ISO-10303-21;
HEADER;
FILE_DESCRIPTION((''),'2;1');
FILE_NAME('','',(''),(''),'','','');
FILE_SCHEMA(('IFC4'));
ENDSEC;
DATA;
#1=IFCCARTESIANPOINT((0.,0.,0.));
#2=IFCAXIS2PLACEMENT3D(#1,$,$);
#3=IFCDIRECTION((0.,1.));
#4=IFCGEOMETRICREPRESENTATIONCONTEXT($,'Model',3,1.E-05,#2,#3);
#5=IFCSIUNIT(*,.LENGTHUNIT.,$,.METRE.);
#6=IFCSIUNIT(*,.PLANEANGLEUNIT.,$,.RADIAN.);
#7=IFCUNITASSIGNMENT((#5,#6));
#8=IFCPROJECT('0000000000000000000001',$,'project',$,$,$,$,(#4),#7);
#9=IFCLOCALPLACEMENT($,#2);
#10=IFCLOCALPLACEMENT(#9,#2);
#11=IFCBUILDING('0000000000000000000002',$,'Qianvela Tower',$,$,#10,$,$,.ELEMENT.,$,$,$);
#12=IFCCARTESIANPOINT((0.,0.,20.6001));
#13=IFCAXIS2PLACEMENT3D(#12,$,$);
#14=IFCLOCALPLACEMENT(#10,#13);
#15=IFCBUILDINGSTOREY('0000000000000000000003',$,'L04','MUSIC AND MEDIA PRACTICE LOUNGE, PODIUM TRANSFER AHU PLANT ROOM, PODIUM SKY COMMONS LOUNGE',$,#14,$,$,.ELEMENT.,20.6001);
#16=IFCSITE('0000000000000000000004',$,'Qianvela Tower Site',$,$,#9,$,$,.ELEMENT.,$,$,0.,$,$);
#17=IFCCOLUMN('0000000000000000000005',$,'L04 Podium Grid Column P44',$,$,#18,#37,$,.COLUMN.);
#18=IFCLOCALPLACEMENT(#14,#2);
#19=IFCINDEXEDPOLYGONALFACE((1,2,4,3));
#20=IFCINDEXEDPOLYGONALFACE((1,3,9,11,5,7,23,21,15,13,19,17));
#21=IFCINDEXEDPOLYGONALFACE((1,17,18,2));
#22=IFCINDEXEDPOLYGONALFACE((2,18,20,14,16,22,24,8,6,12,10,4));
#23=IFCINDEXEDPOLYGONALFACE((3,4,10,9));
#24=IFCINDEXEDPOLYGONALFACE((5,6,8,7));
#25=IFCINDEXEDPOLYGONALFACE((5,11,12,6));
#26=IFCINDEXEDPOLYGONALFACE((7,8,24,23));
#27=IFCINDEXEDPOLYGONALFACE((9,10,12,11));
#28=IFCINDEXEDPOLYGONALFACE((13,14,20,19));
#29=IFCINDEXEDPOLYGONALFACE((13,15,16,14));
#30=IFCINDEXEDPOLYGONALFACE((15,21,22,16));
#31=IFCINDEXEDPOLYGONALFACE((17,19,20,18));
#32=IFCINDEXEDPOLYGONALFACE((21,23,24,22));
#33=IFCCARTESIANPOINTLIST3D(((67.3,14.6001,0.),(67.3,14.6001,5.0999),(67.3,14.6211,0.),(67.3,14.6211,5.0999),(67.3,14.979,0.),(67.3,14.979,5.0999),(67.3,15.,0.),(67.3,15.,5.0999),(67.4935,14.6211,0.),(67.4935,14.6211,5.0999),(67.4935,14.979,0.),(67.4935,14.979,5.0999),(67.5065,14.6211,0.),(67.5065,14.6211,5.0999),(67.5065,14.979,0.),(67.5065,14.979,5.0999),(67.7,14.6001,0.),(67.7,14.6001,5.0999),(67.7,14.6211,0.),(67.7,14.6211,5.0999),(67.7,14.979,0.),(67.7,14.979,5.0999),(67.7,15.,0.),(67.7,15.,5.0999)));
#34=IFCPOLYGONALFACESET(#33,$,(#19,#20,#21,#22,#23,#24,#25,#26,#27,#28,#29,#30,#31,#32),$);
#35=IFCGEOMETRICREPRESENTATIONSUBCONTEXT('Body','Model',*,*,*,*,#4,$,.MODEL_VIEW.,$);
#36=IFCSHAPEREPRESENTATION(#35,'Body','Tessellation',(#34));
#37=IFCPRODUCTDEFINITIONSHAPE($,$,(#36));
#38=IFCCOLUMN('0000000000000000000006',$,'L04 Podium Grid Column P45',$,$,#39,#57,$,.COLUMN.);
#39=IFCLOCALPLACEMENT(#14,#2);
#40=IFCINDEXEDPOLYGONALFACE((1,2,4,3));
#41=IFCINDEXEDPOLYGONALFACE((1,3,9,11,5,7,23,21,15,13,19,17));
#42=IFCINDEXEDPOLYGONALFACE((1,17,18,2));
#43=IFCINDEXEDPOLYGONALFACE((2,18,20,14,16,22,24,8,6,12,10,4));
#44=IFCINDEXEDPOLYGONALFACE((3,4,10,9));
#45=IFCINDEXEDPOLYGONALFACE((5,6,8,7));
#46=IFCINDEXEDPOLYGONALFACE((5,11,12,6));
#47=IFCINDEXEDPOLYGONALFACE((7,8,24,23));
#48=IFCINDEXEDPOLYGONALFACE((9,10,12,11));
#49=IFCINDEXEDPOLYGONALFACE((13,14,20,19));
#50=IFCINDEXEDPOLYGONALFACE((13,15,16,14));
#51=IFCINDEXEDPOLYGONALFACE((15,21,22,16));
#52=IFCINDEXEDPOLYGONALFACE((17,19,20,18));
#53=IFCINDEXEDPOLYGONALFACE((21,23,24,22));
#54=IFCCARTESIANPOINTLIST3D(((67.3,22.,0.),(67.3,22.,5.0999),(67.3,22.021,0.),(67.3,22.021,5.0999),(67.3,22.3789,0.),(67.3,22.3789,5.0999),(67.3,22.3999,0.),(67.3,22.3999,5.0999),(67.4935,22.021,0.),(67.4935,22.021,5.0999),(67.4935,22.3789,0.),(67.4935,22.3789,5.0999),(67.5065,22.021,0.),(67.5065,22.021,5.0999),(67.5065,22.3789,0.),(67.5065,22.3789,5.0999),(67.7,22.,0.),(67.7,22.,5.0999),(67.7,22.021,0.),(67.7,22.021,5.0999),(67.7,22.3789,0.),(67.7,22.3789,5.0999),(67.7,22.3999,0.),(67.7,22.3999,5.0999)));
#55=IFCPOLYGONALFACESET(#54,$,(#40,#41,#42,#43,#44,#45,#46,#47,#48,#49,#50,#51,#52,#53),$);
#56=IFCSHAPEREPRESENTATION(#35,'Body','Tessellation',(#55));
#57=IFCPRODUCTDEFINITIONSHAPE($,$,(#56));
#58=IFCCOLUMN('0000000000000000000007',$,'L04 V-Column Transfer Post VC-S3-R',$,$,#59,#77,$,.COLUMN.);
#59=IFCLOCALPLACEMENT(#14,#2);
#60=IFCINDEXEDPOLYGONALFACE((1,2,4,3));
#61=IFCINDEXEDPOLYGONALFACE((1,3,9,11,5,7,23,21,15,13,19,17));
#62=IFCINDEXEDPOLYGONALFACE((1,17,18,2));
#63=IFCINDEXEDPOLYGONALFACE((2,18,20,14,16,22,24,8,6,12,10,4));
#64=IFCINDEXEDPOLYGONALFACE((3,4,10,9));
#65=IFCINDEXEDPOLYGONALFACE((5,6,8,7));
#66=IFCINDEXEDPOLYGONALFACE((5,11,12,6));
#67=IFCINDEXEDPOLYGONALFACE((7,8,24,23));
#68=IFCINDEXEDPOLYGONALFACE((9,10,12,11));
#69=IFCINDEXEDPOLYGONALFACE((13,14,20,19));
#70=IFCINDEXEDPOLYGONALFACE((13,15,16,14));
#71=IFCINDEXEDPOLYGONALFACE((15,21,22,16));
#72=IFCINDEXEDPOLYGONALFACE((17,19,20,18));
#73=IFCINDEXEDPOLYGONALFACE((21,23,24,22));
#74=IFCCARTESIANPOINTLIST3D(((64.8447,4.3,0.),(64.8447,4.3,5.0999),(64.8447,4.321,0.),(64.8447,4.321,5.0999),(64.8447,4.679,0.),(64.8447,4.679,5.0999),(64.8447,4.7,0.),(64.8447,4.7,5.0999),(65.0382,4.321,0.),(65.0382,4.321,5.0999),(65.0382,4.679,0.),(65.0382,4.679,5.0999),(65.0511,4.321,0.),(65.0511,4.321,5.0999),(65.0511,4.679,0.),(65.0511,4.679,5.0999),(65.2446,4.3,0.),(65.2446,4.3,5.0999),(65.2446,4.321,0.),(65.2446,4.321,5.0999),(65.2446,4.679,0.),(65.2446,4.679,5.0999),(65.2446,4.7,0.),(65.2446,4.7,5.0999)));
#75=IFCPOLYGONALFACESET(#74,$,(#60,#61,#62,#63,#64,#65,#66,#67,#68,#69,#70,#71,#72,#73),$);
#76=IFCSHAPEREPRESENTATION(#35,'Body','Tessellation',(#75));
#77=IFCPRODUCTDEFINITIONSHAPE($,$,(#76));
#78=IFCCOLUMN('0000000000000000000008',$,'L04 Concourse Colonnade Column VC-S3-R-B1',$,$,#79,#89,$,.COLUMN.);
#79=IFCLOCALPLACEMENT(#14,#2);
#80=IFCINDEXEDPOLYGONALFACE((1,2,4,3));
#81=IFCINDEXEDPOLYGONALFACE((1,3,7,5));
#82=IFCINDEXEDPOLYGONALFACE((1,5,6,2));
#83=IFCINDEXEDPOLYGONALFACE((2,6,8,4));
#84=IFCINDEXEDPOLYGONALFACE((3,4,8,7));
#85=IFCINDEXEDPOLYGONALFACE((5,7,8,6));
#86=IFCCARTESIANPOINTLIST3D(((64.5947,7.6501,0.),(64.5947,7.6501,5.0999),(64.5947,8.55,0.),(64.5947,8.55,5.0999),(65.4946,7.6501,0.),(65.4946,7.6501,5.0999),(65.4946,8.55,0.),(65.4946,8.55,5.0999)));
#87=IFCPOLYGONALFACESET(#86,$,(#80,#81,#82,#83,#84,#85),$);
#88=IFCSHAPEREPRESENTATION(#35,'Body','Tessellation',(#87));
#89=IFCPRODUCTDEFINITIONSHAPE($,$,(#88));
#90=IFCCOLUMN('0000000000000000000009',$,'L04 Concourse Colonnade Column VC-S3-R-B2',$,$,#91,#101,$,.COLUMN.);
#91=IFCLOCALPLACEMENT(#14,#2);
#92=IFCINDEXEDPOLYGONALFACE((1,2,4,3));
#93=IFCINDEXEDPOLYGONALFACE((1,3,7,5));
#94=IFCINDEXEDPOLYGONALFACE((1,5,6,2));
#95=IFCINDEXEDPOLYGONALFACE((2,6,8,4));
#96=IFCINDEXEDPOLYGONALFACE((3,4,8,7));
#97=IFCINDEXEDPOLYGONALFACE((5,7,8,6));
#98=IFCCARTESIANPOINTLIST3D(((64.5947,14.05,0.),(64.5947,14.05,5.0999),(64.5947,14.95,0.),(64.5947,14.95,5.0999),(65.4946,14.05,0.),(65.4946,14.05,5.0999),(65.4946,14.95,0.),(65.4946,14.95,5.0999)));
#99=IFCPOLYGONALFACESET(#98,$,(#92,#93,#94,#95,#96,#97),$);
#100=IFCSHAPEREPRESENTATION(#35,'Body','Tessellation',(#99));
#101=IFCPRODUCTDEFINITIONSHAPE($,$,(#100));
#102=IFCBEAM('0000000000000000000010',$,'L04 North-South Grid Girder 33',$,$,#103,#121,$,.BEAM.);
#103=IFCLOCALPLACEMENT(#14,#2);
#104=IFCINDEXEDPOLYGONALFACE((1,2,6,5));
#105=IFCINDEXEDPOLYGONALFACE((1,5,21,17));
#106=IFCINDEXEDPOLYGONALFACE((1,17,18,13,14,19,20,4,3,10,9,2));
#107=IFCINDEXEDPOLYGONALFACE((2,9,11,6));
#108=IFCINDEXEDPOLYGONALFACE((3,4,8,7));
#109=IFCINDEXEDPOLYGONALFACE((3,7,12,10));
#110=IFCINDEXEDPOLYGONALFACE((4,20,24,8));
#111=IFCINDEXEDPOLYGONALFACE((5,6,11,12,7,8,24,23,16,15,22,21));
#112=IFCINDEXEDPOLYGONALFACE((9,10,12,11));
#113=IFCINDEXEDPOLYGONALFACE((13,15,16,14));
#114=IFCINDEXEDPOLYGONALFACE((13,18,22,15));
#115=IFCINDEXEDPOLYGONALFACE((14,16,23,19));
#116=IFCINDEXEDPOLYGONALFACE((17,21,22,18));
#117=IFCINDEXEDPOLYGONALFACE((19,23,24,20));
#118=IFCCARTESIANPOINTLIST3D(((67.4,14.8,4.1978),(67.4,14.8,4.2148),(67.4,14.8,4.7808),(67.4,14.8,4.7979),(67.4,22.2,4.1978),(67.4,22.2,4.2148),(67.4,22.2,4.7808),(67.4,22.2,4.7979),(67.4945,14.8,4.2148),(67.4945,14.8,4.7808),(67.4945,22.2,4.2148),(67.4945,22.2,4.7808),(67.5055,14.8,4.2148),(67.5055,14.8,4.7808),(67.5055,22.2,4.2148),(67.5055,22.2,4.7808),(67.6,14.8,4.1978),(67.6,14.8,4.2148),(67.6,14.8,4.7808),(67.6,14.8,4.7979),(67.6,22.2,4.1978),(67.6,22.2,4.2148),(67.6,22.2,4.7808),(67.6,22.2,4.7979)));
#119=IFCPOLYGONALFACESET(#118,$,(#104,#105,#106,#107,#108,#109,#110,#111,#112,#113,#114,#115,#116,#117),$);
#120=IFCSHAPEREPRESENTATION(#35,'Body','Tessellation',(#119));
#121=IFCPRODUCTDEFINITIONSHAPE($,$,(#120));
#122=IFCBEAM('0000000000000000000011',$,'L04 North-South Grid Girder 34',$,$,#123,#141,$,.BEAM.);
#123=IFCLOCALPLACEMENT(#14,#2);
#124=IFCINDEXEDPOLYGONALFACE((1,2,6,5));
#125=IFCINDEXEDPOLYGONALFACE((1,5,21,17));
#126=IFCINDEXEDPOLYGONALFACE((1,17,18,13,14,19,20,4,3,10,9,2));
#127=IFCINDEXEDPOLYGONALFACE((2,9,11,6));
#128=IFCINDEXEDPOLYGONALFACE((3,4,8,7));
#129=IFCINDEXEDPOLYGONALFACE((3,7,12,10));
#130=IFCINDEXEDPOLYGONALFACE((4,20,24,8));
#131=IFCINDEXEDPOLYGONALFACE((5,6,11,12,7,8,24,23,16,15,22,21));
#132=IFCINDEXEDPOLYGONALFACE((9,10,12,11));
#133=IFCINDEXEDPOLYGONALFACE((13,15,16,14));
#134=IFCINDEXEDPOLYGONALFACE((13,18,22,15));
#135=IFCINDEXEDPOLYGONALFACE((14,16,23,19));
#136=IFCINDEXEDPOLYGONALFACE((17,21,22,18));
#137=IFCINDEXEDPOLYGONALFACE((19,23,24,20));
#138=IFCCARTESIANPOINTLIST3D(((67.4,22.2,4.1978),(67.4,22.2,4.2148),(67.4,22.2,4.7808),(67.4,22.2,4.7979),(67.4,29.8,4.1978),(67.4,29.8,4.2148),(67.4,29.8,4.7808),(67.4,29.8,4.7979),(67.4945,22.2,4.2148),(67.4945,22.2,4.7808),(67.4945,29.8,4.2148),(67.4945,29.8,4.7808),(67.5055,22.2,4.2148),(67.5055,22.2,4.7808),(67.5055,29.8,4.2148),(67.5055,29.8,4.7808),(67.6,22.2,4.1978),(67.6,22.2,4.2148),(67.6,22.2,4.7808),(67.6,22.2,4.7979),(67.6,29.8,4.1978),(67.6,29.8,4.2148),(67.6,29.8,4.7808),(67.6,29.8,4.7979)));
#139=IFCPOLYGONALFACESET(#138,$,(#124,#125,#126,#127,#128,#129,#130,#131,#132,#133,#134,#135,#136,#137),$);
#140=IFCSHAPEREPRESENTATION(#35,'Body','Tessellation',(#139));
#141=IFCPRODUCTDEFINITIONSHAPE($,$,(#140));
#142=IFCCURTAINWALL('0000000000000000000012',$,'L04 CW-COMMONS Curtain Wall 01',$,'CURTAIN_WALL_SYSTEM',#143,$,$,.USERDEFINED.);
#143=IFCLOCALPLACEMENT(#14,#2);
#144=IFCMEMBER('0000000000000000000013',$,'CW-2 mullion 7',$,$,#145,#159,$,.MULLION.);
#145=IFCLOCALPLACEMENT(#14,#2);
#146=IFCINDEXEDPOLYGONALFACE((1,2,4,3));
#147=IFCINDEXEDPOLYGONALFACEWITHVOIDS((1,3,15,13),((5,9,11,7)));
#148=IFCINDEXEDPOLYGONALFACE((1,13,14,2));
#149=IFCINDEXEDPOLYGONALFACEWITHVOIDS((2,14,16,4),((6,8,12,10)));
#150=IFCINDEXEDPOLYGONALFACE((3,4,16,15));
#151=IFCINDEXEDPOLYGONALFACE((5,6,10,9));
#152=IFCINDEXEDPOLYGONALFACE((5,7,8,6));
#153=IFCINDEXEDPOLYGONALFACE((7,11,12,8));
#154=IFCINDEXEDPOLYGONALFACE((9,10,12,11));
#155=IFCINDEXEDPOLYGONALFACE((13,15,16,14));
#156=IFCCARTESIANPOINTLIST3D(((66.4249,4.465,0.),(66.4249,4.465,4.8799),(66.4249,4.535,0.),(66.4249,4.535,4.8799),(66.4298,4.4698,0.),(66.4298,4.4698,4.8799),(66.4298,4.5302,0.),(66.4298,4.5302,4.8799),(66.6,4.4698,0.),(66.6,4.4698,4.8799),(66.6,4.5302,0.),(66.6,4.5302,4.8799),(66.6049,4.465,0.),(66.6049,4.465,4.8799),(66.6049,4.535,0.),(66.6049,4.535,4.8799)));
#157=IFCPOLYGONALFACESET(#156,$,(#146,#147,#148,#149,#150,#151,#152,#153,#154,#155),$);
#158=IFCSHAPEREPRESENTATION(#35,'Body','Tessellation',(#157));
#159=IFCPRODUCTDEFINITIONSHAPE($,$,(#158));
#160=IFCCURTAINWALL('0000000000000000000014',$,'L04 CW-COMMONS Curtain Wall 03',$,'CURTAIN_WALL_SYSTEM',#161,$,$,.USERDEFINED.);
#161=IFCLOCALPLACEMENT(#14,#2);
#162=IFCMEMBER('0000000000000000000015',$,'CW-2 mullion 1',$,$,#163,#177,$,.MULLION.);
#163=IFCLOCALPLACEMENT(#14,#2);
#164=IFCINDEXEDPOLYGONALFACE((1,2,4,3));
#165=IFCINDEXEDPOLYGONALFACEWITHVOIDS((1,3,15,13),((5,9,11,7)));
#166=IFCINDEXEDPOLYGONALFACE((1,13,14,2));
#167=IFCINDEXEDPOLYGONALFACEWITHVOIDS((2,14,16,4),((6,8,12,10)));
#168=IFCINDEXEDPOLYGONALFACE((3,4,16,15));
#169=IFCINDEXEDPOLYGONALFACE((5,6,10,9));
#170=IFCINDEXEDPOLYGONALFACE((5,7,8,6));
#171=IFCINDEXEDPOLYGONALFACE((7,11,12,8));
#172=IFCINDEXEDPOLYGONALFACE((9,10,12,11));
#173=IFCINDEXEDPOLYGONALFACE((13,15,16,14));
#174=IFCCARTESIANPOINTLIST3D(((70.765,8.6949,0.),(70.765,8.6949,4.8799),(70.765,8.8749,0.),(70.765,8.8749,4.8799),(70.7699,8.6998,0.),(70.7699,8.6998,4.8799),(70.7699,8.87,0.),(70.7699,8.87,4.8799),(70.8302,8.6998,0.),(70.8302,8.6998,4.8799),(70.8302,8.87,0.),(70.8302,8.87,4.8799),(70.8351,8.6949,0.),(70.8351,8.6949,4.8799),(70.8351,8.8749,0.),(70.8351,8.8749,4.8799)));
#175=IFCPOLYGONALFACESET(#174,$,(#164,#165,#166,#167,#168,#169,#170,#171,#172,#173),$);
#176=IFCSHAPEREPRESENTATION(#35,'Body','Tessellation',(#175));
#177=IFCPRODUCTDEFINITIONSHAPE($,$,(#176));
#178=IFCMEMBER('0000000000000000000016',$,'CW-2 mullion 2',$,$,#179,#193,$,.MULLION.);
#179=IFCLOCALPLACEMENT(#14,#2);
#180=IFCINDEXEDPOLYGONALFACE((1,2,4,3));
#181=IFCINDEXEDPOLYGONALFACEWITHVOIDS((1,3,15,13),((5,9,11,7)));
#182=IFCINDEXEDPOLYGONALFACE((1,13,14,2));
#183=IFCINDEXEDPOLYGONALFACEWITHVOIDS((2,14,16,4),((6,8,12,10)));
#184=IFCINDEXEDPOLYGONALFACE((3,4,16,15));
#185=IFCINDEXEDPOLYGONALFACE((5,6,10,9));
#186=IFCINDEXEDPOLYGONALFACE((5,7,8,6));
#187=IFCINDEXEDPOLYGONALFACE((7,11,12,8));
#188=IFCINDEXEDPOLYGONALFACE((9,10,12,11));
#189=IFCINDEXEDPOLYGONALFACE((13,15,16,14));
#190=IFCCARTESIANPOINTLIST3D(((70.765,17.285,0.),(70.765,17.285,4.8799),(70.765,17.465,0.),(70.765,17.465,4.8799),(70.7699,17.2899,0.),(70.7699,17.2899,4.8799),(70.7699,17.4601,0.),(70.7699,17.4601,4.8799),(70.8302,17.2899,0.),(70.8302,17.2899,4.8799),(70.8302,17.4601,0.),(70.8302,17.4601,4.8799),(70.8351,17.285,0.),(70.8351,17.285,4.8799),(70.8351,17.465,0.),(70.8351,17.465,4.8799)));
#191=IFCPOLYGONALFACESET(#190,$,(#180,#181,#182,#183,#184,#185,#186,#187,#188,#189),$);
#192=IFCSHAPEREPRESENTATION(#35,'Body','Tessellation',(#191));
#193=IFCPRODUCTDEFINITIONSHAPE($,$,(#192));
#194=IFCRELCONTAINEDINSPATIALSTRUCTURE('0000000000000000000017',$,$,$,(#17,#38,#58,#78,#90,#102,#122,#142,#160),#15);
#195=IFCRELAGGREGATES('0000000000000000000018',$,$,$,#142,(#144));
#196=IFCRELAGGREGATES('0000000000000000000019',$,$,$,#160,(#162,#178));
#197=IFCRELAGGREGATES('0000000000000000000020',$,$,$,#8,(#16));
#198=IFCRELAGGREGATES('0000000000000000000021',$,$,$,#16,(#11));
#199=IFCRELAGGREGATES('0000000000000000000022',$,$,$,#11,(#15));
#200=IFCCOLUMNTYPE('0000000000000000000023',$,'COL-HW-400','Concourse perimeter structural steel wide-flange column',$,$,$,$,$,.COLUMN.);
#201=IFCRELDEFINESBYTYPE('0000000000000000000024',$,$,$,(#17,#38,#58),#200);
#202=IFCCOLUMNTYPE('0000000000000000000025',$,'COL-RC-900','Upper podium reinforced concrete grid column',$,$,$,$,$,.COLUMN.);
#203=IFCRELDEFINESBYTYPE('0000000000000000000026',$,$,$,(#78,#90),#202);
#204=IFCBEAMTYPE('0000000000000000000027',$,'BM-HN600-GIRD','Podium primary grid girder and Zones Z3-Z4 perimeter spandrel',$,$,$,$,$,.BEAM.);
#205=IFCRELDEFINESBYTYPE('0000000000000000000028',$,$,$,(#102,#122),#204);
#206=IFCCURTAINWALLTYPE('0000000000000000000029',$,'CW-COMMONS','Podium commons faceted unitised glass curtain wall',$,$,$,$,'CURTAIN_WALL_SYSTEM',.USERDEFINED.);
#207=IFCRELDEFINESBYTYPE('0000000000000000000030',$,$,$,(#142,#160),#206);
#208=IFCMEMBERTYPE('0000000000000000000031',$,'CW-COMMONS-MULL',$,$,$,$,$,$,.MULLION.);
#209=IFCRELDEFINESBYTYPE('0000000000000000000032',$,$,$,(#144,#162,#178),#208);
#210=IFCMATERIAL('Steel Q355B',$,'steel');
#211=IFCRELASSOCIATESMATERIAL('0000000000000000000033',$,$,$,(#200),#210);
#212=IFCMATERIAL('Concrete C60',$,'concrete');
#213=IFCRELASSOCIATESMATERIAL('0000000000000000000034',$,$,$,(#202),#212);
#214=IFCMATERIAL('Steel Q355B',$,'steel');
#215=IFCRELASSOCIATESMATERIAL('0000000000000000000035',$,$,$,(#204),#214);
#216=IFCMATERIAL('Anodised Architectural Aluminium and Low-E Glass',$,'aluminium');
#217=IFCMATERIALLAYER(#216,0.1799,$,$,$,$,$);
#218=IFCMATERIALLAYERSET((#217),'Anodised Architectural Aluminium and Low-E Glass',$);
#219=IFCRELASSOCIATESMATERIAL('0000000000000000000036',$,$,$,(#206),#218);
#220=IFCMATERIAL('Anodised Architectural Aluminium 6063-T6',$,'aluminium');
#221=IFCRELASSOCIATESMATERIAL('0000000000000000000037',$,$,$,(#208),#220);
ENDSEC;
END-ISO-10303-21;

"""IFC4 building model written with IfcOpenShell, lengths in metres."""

from ifc_helpers import new_model, si_unit, direction, frame, origin, origin_2d, place, context, subcontext, project, spatial, rectangle, hollow_rectangle, i_section, extrude, material, layer, layer_set, material_profile, profile_set, type_object, element, aggregate, save


model = new_model("IFC4")

# Units and contexts
model_context = context("Model", 3, precision=1e-05, world=origin(), true_north=direction((0.0, 1.0)))
body_context = subcontext(model_context, "Body", "Model", "MODEL_VIEW")
ifc_project = project(units=[si_unit("LENGTHUNIT", "METRE"), si_unit("PLANEANGLEUNIT", "RADIAN")], contexts=[model_context])

# Site, building, storey
site_placement = place(None, origin())
site = spatial("IfcSite", under=ifc_project, at=site_placement, Name="Qianvela Tower Site", CompositionType="ELEMENT", RefElevation=0.0)
building_placement = place(site_placement, origin())
building = spatial("IfcBuilding", under=site, at=building_placement, Name="Qianvela Tower", CompositionType="ELEMENT")
storey_placement = place(building_placement, frame((0.0, 0.0, 20.6001)))
storey = spatial("IfcBuildingStorey", under=building, at=storey_placement, Name="L04", Description="MUSIC AND MEDIA PRACTICE LOUNGE, PODIUM TRANSFER AHU PLANT ROOM, PODIUM SKY COMMONS LOUNGE", CompositionType="ELEMENT", Elevation=20.6001)

# Columns
ifc_material_1 = material(Name="Steel Q355B", Category="steel")
ifc_material_profile_1 = material_profile(ifc_material_1, i_section(OverallWidth=0.3999, OverallDepth=0.3999, WebThickness=0.0129, FlangeThickness=0.021, at=origin_2d()), Name="HW400x400x13x21")
ifc_profile_set_1 = profile_set([ifc_material_profile_1], Name="Steel Q355B")
column_type_1 = type_object("IfcColumnType", Name="COL-HW-400", Description="Concourse perimeter structural steel wide-flange column", PredefinedType="COLUMN", material=ifc_profile_set_1)
for number, where, z_axis, x_axis, name in (
    (1, (67.5, 14.8, 0.0), (0.0, 0.0, 1.0), (1.0, 0.0, 0.0), "L04 Podium Grid Column P44"),
    (2, (67.5, 22.2, 0.0), (0.0, 0.0, 1.0), (1.0, 0.0, 0.0), "L04 Podium Grid Column P45"),
    (3, (65.0447, 4.5, 0.0), (0.0, 0.0, 1.0), (1.0, 0.0, 0.0), "L04 V-Column Transfer Post VC-S3-R"),
):
    element("IfcColumn", number, at=place(storey_placement, frame(where, z_axis=z_axis, x_axis=x_axis)), inside=storey, type_object=column_type_1, Name=name, PredefinedType="COLUMN", context=body_context, shape_type="SweptSolid", body=[
        extrude(i_section(OverallWidth=0.3999, OverallDepth=0.3999, WebThickness=0.0129, FlangeThickness=0.021, at=origin_2d()), origin(), (0.0, 0.0, 1.0), 5.0999),
    ])
ifc_material_2 = material(Name="Concrete C60", Category="concrete")
ifc_material_profile_2 = material_profile(ifc_material_2, rectangle(XDim=0.8999, YDim=0.8999, at=origin_2d()), Name="RC-COL-900x900")
ifc_profile_set_2 = profile_set([ifc_material_profile_2], Name="Concrete C60")
column_type_2 = type_object("IfcColumnType", Name="COL-RC-900", Description="Upper podium reinforced concrete grid column", PredefinedType="COLUMN", material=ifc_profile_set_2)
for number, where, z_axis, x_axis, name in (
    (4, (65.0447, 8.1001, 0.0), (0.0, 0.0, 1.0), (1.0, 0.0, 0.0), "L04 Concourse Colonnade Column VC-S3-R-B1"),
    (5, (65.0447, 14.5, 0.0), (0.0, 0.0, 1.0), (1.0, 0.0, 0.0), "L04 Concourse Colonnade Column VC-S3-R-B2"),
):
    element("IfcColumn", number, at=place(storey_placement, frame(where, z_axis=z_axis, x_axis=x_axis)), inside=storey, type_object=column_type_2, Name=name, PredefinedType="COLUMN", context=body_context, shape_type="SweptSolid", body=[
        extrude(rectangle(XDim=0.8999, YDim=0.8999, at=origin_2d()), origin(), (0.0, 0.0, 1.0), 5.0999),
    ])

# Beams
ifc_material_3 = material(Name="Steel Q355B", Category="steel")
ifc_material_profile_3 = material_profile(ifc_material_3, i_section(OverallWidth=0.2, OverallDepth=0.6001, WebThickness=0.011, FlangeThickness=0.0171, at=origin_2d()), Name="HN600x200x11x17")
ifc_profile_set_3 = profile_set([ifc_material_profile_3], Name="Steel Q355B")
beam_type = type_object("IfcBeamType", Name="BM-HN600-GIRD", Description="Podium primary grid girder and Zones Z3-Z4 perimeter spandrel", PredefinedType="BEAM", material=ifc_profile_set_3)
beam_1_placement = place(storey_placement, frame((67.5, 14.8, 4.4978), z_axis=(0.0, 1.0, 0.0), x_axis=(-1.0, 0.0, 0.0)))
element("IfcBeam", 6, at=beam_1_placement, inside=storey, type_object=beam_type, Name="L04 North-South Grid Girder 33", PredefinedType="BEAM", context=body_context, shape_type="SweptSolid", body=[
    extrude(i_section(OverallWidth=0.2, OverallDepth=0.6001, WebThickness=0.011, FlangeThickness=0.0171, at=origin_2d()), origin(), (0.0, 0.0, 1.0), 7.3999),
])
beam_2_placement = place(storey_placement, frame((67.5, 22.2, 4.4978), z_axis=(0.0, 1.0, 0.0), x_axis=(-1.0, 0.0, 0.0)))
element("IfcBeam", 7, at=beam_2_placement, inside=storey, type_object=beam_type, Name="L04 North-South Grid Girder 34", PredefinedType="BEAM", context=body_context, shape_type="SweptSolid", body=[
    extrude(i_section(OverallWidth=0.2, OverallDepth=0.6001, WebThickness=0.011, FlangeThickness=0.0171, at=origin_2d()), origin(), (0.0, 0.0, 1.0), 7.6001),
])

# Curtain wall, member
ifc_material_4 = material(Name="Anodised Architectural Aluminium and Low-E Glass", Category="aluminium")
ifc_layer_1 = layer(ifc_material_4, 0.1799)
ifc_layer_set_1 = layer_set([ifc_layer_1], Name="Anodised Architectural Aluminium and Low-E Glass")
curtain_wall_type = type_object("IfcCurtainWallType", Name="CW-COMMONS", Description="Podium commons faceted unitised glass curtain wall", ElementType="CURTAIN_WALL_SYSTEM", PredefinedType="USERDEFINED", material=ifc_layer_set_1)
curtain_wall_1_placement = place(storey_placement, origin())
curtain_wall_1 = element("IfcCurtainWall", 8, at=curtain_wall_1_placement, inside=storey, type_object=curtain_wall_type, Name="L04 CW-COMMONS Curtain Wall 01", ObjectType="CURTAIN_WALL_SYSTEM", PredefinedType="USERDEFINED")
ifc_material_5 = material(Name="Anodised Architectural Aluminium 6063-T6", Category="aluminium")
ifc_material_profile_4 = material_profile(ifc_material_5, hollow_rectangle(XDim=0.0701, YDim=0.1799, WallThickness=0.0049, at=origin_2d()), Name="ALU-MULL-70x180")
ifc_profile_set_4 = profile_set([ifc_material_profile_4], Name="Anodised Architectural Aluminium 6063-T6")
member_type_1 = type_object("IfcMemberType", Name="CW-COMMONS-MULL", PredefinedType="MULLION", material=ifc_profile_set_4)
member_1_placement = place(storey_placement, frame((66.5149, 4.5, 0.0), z_axis=(0.0, 0.0, 1.0), x_axis=(0.0, 1.0, 0.0)))
member_1 = element("IfcMember", 9, at=member_1_placement, type_object=member_type_1, Name="CW-2 mullion 7", PredefinedType="MULLION", context=body_context, shape_type="SweptSolid", body=[
    extrude(hollow_rectangle(XDim=0.0701, YDim=0.1799, WallThickness=0.0049, at=origin_2d()), origin(), (0.0, 0.0, 1.0), 4.8799),
])

# Curtain wall, members
curtain_wall_2_placement = place(storey_placement, origin())
curtain_wall_2 = element("IfcCurtainWall", 10, at=curtain_wall_2_placement, inside=storey, type_object=curtain_wall_type, Name="L04 CW-COMMONS Curtain Wall 03", ObjectType="CURTAIN_WALL_SYSTEM", PredefinedType="USERDEFINED")
member_2_placement = place(storey_placement, frame((70.8, 8.7849, 0.0), z_axis=(0.0, 0.0, 1.0), x_axis=(-1.0, 0.0, 0.0)))
member_2 = element("IfcMember", 11, at=member_2_placement, type_object=member_type_1, Name="CW-2 mullion 1", PredefinedType="MULLION", context=body_context, shape_type="SweptSolid", body=[
    extrude(hollow_rectangle(XDim=0.0701, YDim=0.1799, WallThickness=0.0049, at=origin_2d()), origin(), (0.0, 0.0, 1.0), 4.8799),
])
member_3_placement = place(storey_placement, frame((70.8, 17.375, 0.0), z_axis=(0.0, 0.0, 1.0), x_axis=(-1.0, 0.0, 0.0)))
member_3 = element("IfcMember", 12, at=member_3_placement, type_object=member_type_1, Name="CW-2 mullion 2", PredefinedType="MULLION", context=body_context, shape_type="SweptSolid", body=[
    extrude(hollow_rectangle(XDim=0.0701, YDim=0.1799, WallThickness=0.0049, at=origin_2d()), origin(), (0.0, 0.0, 1.0), 4.8799),
])

aggregate(curtain_wall_1, [member_1])
aggregate(curtain_wall_2, [member_2, member_3])

save(model, "model.ifc")
